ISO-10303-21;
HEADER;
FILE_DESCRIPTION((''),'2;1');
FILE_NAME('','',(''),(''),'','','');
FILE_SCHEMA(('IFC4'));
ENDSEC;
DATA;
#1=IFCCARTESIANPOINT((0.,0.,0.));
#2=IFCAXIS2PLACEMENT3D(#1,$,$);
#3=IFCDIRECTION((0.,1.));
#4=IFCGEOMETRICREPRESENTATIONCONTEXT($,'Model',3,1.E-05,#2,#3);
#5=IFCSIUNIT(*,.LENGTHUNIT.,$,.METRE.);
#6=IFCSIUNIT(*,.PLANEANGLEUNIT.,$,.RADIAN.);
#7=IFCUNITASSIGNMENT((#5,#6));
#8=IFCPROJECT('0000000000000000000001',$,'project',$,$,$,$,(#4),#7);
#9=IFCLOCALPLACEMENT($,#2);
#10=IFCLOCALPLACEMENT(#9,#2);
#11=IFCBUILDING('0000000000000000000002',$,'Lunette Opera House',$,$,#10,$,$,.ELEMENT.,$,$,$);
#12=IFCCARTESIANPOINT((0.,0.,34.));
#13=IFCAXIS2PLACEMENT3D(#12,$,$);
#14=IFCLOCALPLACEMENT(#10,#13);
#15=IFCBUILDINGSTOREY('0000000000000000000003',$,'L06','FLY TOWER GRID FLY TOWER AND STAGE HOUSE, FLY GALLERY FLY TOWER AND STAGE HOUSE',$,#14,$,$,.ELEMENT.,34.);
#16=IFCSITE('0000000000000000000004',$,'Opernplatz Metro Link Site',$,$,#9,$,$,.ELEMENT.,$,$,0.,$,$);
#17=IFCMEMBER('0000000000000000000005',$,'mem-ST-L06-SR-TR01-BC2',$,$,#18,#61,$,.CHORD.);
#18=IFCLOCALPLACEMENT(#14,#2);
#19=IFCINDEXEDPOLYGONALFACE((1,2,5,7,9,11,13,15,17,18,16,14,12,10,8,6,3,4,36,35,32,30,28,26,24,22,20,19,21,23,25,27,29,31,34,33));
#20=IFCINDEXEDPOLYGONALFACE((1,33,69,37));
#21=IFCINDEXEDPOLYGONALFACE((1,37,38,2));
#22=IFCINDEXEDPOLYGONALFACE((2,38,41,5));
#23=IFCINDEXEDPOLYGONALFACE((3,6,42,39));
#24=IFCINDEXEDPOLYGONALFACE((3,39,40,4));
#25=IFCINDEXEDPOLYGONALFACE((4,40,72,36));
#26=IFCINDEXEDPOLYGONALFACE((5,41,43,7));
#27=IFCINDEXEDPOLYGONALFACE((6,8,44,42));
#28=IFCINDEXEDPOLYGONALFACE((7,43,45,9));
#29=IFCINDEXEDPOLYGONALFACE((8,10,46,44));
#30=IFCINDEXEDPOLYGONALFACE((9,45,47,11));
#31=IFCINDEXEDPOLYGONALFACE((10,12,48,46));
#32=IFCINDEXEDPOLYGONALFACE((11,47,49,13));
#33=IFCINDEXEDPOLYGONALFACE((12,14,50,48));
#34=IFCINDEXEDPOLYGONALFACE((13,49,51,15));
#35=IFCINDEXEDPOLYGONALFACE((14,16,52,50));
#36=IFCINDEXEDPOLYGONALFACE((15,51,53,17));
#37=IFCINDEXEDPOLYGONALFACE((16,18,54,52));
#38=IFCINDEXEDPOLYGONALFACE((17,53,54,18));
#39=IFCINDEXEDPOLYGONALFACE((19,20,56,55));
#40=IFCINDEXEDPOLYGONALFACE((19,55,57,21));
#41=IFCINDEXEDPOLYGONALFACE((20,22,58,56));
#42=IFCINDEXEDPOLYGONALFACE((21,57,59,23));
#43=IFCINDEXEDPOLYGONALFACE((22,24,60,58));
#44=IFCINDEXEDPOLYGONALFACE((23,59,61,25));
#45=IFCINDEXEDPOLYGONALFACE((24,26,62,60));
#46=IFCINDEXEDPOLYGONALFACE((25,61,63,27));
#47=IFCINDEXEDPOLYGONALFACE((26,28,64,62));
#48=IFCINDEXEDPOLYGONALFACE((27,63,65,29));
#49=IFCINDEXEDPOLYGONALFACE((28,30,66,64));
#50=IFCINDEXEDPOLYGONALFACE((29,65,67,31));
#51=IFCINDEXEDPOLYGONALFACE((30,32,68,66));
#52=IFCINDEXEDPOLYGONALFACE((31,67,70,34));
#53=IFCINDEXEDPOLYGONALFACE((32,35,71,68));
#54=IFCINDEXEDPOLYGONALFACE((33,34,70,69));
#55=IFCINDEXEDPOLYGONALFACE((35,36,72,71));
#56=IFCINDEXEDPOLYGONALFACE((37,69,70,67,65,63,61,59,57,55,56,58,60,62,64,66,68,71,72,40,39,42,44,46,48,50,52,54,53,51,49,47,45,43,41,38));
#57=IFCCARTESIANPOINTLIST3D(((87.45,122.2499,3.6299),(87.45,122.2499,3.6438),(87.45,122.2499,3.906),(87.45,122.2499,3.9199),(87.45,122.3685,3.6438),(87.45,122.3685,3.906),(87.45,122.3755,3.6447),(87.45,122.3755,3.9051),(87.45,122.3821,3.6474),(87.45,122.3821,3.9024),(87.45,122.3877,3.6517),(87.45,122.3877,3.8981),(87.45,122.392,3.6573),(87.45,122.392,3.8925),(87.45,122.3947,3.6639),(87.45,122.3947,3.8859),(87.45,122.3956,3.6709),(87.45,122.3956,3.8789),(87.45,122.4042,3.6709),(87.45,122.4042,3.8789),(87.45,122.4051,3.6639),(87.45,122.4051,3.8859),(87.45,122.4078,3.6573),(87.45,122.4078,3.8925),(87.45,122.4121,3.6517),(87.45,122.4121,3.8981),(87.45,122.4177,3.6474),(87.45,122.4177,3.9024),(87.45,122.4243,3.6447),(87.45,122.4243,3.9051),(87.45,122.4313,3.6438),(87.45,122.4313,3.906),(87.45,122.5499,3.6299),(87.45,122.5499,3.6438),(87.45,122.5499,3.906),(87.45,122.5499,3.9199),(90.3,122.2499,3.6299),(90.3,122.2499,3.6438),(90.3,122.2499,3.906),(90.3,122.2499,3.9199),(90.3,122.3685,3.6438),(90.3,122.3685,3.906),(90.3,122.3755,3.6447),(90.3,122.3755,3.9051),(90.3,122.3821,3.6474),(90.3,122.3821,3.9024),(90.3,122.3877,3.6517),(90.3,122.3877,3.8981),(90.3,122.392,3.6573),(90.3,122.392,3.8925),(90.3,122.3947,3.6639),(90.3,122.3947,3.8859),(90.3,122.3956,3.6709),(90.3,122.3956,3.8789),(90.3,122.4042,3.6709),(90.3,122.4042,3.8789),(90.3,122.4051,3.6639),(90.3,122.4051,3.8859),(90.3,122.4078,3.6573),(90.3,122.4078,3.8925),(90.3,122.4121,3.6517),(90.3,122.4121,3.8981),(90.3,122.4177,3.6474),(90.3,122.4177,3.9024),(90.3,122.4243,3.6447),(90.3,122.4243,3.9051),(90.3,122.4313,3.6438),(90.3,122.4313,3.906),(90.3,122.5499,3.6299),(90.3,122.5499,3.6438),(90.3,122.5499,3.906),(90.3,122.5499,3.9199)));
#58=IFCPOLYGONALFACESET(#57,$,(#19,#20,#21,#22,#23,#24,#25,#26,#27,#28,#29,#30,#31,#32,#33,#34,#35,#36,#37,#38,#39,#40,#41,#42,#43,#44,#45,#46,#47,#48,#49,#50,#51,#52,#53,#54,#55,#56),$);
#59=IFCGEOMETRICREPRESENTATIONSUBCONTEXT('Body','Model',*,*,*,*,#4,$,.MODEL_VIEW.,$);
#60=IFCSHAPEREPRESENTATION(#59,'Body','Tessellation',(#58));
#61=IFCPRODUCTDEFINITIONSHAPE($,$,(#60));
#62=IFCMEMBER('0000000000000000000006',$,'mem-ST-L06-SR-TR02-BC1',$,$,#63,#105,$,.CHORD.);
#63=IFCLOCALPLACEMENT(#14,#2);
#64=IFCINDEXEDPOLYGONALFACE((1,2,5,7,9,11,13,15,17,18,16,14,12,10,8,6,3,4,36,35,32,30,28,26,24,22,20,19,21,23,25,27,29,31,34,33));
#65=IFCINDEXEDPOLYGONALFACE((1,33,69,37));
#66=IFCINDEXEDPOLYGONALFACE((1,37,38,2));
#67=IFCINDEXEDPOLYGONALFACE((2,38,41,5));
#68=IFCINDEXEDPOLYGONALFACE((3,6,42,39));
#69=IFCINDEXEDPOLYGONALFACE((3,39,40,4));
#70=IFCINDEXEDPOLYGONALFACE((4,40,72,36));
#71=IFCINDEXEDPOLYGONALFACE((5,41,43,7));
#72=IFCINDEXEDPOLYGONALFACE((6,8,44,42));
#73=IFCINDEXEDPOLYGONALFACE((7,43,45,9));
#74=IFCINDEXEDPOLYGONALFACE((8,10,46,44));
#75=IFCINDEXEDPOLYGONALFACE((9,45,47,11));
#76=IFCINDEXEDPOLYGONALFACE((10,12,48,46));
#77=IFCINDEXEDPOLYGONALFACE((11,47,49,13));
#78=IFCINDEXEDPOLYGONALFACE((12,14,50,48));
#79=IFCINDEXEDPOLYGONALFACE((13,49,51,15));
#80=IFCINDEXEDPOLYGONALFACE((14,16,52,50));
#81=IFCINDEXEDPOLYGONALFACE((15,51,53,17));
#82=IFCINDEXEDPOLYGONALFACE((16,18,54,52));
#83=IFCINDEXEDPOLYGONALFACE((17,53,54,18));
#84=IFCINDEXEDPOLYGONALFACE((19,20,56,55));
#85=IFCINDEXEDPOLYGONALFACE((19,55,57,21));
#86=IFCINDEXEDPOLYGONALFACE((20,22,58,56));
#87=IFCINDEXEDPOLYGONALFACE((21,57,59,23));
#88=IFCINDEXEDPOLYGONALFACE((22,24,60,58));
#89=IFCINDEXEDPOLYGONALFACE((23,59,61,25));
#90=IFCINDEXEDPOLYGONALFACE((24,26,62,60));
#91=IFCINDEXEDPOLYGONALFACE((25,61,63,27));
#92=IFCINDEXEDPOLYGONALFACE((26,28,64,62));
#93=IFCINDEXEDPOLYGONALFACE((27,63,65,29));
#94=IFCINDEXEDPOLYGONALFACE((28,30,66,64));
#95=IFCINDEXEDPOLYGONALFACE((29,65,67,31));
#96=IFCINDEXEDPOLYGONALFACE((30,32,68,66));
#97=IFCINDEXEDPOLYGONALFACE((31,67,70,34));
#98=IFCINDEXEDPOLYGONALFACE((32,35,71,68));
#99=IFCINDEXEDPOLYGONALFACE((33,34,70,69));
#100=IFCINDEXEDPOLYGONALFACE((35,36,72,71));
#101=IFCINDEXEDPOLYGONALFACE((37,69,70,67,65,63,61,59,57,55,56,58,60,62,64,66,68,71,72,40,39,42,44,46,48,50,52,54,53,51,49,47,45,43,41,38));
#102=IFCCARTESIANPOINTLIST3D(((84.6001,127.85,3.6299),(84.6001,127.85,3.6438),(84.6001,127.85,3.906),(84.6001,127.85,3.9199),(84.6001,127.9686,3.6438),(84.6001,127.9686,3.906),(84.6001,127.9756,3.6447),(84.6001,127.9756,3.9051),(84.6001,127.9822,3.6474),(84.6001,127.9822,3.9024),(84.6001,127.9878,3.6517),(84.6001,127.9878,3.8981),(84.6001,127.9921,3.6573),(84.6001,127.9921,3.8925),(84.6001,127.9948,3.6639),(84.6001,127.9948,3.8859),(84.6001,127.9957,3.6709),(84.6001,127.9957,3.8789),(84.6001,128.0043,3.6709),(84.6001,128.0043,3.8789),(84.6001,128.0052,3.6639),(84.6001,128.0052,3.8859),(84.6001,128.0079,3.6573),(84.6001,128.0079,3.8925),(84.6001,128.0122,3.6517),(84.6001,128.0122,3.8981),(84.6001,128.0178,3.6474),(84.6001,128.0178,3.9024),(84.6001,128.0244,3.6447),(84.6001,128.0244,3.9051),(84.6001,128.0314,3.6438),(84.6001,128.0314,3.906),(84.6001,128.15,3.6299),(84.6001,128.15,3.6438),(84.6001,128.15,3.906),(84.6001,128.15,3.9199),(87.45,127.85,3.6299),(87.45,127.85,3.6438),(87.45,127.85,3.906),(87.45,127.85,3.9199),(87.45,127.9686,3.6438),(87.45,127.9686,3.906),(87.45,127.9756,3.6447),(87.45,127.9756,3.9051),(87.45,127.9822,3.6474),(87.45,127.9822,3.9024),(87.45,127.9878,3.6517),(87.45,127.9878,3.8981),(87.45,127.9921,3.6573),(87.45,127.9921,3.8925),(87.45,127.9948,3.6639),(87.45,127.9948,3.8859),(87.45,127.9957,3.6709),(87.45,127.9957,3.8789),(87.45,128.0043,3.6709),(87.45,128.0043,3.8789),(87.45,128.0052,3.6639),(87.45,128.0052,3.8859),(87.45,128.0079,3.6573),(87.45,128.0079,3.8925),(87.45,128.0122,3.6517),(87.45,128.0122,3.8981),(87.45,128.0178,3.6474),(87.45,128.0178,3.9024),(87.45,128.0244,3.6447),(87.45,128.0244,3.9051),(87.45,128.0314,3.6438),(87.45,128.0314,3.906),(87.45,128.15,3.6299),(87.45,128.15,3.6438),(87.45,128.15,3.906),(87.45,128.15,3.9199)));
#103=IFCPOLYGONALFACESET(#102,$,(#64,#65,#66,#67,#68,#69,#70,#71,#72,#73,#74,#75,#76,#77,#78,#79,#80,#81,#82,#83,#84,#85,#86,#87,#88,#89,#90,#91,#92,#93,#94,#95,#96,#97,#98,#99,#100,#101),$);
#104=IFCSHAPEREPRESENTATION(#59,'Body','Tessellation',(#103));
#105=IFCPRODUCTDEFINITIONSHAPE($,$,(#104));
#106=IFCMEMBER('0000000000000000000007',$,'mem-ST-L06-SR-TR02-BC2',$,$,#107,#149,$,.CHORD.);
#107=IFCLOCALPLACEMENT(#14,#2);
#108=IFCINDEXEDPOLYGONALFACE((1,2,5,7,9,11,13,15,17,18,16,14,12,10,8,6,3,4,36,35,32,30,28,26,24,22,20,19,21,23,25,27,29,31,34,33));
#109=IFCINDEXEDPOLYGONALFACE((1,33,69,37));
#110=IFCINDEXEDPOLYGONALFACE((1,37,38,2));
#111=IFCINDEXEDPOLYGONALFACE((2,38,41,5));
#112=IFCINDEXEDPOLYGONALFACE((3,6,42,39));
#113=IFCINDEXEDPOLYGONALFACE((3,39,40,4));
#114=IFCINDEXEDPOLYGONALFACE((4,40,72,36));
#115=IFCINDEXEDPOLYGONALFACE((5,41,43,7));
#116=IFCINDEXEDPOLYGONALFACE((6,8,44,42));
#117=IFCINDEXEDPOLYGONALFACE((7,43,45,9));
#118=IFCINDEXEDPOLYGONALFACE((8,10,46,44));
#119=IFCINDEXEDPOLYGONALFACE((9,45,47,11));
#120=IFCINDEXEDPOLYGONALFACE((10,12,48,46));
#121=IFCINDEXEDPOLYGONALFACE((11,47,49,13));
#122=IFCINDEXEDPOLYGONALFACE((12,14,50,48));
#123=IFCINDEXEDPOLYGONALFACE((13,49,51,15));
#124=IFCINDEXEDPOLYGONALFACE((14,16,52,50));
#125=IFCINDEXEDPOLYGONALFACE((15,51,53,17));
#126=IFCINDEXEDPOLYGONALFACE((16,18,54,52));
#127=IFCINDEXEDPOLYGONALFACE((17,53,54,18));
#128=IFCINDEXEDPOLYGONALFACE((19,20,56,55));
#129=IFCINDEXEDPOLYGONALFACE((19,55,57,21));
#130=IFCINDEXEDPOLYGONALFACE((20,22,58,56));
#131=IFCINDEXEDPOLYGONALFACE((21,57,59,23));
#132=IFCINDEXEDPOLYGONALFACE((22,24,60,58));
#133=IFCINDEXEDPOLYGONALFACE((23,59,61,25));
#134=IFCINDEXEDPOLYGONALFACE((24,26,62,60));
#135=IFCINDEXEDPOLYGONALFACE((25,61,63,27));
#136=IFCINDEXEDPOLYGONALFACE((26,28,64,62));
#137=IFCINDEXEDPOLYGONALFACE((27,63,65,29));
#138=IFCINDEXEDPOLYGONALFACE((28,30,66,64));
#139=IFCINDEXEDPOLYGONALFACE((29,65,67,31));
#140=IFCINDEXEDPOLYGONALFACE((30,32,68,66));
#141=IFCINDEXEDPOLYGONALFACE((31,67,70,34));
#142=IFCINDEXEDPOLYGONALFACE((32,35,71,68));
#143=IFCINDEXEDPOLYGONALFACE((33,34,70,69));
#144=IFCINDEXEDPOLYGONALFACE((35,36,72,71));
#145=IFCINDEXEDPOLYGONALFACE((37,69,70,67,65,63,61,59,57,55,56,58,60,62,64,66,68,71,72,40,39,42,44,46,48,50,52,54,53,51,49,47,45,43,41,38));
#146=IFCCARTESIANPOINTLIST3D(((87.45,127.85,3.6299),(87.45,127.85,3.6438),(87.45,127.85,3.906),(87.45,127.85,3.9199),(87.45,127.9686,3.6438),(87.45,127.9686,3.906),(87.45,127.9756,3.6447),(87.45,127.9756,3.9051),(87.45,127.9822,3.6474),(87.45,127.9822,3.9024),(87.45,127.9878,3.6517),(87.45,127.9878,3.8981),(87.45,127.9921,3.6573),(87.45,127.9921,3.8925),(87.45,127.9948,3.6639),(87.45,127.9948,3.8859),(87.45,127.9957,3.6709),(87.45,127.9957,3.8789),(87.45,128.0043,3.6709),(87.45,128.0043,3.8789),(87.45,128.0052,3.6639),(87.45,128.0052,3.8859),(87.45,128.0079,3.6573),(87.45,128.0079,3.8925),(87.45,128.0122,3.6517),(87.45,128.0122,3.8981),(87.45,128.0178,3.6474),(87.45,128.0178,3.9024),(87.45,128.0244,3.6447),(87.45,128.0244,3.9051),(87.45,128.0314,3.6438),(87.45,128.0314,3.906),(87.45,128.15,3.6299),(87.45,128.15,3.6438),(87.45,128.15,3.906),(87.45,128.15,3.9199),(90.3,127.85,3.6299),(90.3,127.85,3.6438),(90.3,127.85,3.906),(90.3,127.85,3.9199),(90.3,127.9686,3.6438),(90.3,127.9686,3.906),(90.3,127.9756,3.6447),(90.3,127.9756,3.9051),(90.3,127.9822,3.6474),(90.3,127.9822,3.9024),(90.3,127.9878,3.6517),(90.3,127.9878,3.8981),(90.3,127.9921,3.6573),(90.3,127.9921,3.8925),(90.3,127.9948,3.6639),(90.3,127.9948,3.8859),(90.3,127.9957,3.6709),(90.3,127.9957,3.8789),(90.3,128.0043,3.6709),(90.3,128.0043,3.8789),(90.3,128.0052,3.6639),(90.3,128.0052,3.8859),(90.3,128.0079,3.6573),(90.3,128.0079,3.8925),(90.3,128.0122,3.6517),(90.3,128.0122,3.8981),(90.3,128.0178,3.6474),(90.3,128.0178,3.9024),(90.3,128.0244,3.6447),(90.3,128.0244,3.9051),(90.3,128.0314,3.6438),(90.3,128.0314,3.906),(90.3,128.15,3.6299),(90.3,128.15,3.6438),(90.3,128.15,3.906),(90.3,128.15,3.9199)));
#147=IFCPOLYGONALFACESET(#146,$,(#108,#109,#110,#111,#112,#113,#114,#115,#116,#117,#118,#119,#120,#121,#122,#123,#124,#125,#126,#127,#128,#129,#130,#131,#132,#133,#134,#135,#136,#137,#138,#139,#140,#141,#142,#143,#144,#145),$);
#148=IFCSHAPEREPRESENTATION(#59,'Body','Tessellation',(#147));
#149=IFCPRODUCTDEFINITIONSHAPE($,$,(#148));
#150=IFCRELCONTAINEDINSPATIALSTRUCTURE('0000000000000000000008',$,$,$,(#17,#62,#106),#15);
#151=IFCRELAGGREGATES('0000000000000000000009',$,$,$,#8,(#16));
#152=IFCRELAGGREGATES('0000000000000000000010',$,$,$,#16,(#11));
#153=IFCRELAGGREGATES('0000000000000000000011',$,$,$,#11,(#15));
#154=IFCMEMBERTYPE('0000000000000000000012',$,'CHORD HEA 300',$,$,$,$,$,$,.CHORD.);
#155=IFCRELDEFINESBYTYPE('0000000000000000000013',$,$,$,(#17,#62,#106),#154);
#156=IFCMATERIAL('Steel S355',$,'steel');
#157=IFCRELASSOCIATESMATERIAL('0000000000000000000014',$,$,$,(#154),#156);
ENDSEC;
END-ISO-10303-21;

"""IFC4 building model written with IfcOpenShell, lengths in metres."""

from ifc_helpers import new_model, si_unit, direction, frame, origin, origin_2d, place, context, subcontext, project, spatial, i_section, extrude, material, material_profile, profile_set, type_object, element, save


model = new_model("IFC4")

# Units and contexts
model_context = context("Model", 3, precision=1e-05, world=origin(), true_north=direction((0.0, 1.0)))
body_context = subcontext(model_context, "Body", "Model", "MODEL_VIEW")
ifc_project = project(units=[si_unit("LENGTHUNIT", "METRE"), si_unit("PLANEANGLEUNIT", "RADIAN")], contexts=[model_context])

# Site, building, storey
site_placement = place(None, origin())
site = spatial("IfcSite", under=ifc_project, at=site_placement, Name="Opernplatz Metro Link Site", CompositionType="ELEMENT", RefElevation=0.0)
building_placement = place(site_placement, origin())
building = spatial("IfcBuilding", under=site, at=building_placement, Name="Lunette Opera House", CompositionType="ELEMENT")
storey_placement = place(building_placement, frame((0.0, 0.0, 34.0)))
storey = spatial("IfcBuildingStorey", under=building, at=storey_placement, Name="L06", Description="FLY TOWER GRID FLY TOWER AND STAGE HOUSE, FLY GALLERY FLY TOWER AND STAGE HOUSE", CompositionType="ELEMENT", Elevation=34.0)

# Members
ifc_material_1 = material(Name="Steel S355", Category="steel")
ifc_material_profile_1 = material_profile(ifc_material_1, i_section(OverallWidth=0.3, OverallDepth=0.29, WebThickness=0.0085, FlangeThickness=0.0139, FilletRadius=0.0271, at=origin_2d()), Name="HEA 300")
ifc_profile_set_1 = profile_set([ifc_material_profile_1], Name="Steel S355")
member_type_1 = type_object("IfcMemberType", Name="CHORD HEA 300", PredefinedType="CHORD", material=ifc_profile_set_1)
member_1_placement = place(storey_placement, frame((87.45, 122.3999, 3.7749), z_axis=(1.0, 0.0, 0.0), x_axis=(0.0, 1.0, 0.0)))
element("IfcMember", 1, at=member_1_placement, inside=storey, type_object=member_type_1, Name="mem-ST-L06-SR-TR01-BC2", PredefinedType="CHORD", context=body_context, shape_type="SweptSolid", body=[
    extrude(i_section(OverallWidth=0.3, OverallDepth=0.29, WebThickness=0.0085, FlangeThickness=0.0139, FilletRadius=0.0271, at=origin_2d()), origin(), (0.0, 0.0, 1.0), 2.8501),
])
member_2_placement = place(storey_placement, frame((84.6001, 128.0, 3.7749), z_axis=(1.0, 0.0, 0.0), x_axis=(0.0, 1.0, 0.0)))
element("IfcMember", 2, at=member_2_placement, inside=storey, type_object=member_type_1, Name="mem-ST-L06-SR-TR02-BC1", PredefinedType="CHORD", context=body_context, shape_type="SweptSolid", body=[
    extrude(i_section(OverallWidth=0.3, OverallDepth=0.29, WebThickness=0.0085, FlangeThickness=0.0139, FilletRadius=0.0271, at=origin_2d()), origin(), (0.0, 0.0, 1.0), 2.8499),
])
member_3_placement = place(storey_placement, frame((87.45, 128.0, 3.7749), z_axis=(1.0, 0.0, 0.0), x_axis=(0.0, 1.0, 0.0)))
element("IfcMember", 3, at=member_3_placement, inside=storey, type_object=member_type_1, Name="mem-ST-L06-SR-TR02-BC2", PredefinedType="CHORD", context=body_context, shape_type="SweptSolid", body=[
    extrude(i_section(OverallWidth=0.3, OverallDepth=0.29, WebThickness=0.0085, FlangeThickness=0.0139, FilletRadius=0.0271, at=origin_2d()), origin(), (0.0, 0.0, 1.0), 2.8501),
])

save(model, "model.ifc")
